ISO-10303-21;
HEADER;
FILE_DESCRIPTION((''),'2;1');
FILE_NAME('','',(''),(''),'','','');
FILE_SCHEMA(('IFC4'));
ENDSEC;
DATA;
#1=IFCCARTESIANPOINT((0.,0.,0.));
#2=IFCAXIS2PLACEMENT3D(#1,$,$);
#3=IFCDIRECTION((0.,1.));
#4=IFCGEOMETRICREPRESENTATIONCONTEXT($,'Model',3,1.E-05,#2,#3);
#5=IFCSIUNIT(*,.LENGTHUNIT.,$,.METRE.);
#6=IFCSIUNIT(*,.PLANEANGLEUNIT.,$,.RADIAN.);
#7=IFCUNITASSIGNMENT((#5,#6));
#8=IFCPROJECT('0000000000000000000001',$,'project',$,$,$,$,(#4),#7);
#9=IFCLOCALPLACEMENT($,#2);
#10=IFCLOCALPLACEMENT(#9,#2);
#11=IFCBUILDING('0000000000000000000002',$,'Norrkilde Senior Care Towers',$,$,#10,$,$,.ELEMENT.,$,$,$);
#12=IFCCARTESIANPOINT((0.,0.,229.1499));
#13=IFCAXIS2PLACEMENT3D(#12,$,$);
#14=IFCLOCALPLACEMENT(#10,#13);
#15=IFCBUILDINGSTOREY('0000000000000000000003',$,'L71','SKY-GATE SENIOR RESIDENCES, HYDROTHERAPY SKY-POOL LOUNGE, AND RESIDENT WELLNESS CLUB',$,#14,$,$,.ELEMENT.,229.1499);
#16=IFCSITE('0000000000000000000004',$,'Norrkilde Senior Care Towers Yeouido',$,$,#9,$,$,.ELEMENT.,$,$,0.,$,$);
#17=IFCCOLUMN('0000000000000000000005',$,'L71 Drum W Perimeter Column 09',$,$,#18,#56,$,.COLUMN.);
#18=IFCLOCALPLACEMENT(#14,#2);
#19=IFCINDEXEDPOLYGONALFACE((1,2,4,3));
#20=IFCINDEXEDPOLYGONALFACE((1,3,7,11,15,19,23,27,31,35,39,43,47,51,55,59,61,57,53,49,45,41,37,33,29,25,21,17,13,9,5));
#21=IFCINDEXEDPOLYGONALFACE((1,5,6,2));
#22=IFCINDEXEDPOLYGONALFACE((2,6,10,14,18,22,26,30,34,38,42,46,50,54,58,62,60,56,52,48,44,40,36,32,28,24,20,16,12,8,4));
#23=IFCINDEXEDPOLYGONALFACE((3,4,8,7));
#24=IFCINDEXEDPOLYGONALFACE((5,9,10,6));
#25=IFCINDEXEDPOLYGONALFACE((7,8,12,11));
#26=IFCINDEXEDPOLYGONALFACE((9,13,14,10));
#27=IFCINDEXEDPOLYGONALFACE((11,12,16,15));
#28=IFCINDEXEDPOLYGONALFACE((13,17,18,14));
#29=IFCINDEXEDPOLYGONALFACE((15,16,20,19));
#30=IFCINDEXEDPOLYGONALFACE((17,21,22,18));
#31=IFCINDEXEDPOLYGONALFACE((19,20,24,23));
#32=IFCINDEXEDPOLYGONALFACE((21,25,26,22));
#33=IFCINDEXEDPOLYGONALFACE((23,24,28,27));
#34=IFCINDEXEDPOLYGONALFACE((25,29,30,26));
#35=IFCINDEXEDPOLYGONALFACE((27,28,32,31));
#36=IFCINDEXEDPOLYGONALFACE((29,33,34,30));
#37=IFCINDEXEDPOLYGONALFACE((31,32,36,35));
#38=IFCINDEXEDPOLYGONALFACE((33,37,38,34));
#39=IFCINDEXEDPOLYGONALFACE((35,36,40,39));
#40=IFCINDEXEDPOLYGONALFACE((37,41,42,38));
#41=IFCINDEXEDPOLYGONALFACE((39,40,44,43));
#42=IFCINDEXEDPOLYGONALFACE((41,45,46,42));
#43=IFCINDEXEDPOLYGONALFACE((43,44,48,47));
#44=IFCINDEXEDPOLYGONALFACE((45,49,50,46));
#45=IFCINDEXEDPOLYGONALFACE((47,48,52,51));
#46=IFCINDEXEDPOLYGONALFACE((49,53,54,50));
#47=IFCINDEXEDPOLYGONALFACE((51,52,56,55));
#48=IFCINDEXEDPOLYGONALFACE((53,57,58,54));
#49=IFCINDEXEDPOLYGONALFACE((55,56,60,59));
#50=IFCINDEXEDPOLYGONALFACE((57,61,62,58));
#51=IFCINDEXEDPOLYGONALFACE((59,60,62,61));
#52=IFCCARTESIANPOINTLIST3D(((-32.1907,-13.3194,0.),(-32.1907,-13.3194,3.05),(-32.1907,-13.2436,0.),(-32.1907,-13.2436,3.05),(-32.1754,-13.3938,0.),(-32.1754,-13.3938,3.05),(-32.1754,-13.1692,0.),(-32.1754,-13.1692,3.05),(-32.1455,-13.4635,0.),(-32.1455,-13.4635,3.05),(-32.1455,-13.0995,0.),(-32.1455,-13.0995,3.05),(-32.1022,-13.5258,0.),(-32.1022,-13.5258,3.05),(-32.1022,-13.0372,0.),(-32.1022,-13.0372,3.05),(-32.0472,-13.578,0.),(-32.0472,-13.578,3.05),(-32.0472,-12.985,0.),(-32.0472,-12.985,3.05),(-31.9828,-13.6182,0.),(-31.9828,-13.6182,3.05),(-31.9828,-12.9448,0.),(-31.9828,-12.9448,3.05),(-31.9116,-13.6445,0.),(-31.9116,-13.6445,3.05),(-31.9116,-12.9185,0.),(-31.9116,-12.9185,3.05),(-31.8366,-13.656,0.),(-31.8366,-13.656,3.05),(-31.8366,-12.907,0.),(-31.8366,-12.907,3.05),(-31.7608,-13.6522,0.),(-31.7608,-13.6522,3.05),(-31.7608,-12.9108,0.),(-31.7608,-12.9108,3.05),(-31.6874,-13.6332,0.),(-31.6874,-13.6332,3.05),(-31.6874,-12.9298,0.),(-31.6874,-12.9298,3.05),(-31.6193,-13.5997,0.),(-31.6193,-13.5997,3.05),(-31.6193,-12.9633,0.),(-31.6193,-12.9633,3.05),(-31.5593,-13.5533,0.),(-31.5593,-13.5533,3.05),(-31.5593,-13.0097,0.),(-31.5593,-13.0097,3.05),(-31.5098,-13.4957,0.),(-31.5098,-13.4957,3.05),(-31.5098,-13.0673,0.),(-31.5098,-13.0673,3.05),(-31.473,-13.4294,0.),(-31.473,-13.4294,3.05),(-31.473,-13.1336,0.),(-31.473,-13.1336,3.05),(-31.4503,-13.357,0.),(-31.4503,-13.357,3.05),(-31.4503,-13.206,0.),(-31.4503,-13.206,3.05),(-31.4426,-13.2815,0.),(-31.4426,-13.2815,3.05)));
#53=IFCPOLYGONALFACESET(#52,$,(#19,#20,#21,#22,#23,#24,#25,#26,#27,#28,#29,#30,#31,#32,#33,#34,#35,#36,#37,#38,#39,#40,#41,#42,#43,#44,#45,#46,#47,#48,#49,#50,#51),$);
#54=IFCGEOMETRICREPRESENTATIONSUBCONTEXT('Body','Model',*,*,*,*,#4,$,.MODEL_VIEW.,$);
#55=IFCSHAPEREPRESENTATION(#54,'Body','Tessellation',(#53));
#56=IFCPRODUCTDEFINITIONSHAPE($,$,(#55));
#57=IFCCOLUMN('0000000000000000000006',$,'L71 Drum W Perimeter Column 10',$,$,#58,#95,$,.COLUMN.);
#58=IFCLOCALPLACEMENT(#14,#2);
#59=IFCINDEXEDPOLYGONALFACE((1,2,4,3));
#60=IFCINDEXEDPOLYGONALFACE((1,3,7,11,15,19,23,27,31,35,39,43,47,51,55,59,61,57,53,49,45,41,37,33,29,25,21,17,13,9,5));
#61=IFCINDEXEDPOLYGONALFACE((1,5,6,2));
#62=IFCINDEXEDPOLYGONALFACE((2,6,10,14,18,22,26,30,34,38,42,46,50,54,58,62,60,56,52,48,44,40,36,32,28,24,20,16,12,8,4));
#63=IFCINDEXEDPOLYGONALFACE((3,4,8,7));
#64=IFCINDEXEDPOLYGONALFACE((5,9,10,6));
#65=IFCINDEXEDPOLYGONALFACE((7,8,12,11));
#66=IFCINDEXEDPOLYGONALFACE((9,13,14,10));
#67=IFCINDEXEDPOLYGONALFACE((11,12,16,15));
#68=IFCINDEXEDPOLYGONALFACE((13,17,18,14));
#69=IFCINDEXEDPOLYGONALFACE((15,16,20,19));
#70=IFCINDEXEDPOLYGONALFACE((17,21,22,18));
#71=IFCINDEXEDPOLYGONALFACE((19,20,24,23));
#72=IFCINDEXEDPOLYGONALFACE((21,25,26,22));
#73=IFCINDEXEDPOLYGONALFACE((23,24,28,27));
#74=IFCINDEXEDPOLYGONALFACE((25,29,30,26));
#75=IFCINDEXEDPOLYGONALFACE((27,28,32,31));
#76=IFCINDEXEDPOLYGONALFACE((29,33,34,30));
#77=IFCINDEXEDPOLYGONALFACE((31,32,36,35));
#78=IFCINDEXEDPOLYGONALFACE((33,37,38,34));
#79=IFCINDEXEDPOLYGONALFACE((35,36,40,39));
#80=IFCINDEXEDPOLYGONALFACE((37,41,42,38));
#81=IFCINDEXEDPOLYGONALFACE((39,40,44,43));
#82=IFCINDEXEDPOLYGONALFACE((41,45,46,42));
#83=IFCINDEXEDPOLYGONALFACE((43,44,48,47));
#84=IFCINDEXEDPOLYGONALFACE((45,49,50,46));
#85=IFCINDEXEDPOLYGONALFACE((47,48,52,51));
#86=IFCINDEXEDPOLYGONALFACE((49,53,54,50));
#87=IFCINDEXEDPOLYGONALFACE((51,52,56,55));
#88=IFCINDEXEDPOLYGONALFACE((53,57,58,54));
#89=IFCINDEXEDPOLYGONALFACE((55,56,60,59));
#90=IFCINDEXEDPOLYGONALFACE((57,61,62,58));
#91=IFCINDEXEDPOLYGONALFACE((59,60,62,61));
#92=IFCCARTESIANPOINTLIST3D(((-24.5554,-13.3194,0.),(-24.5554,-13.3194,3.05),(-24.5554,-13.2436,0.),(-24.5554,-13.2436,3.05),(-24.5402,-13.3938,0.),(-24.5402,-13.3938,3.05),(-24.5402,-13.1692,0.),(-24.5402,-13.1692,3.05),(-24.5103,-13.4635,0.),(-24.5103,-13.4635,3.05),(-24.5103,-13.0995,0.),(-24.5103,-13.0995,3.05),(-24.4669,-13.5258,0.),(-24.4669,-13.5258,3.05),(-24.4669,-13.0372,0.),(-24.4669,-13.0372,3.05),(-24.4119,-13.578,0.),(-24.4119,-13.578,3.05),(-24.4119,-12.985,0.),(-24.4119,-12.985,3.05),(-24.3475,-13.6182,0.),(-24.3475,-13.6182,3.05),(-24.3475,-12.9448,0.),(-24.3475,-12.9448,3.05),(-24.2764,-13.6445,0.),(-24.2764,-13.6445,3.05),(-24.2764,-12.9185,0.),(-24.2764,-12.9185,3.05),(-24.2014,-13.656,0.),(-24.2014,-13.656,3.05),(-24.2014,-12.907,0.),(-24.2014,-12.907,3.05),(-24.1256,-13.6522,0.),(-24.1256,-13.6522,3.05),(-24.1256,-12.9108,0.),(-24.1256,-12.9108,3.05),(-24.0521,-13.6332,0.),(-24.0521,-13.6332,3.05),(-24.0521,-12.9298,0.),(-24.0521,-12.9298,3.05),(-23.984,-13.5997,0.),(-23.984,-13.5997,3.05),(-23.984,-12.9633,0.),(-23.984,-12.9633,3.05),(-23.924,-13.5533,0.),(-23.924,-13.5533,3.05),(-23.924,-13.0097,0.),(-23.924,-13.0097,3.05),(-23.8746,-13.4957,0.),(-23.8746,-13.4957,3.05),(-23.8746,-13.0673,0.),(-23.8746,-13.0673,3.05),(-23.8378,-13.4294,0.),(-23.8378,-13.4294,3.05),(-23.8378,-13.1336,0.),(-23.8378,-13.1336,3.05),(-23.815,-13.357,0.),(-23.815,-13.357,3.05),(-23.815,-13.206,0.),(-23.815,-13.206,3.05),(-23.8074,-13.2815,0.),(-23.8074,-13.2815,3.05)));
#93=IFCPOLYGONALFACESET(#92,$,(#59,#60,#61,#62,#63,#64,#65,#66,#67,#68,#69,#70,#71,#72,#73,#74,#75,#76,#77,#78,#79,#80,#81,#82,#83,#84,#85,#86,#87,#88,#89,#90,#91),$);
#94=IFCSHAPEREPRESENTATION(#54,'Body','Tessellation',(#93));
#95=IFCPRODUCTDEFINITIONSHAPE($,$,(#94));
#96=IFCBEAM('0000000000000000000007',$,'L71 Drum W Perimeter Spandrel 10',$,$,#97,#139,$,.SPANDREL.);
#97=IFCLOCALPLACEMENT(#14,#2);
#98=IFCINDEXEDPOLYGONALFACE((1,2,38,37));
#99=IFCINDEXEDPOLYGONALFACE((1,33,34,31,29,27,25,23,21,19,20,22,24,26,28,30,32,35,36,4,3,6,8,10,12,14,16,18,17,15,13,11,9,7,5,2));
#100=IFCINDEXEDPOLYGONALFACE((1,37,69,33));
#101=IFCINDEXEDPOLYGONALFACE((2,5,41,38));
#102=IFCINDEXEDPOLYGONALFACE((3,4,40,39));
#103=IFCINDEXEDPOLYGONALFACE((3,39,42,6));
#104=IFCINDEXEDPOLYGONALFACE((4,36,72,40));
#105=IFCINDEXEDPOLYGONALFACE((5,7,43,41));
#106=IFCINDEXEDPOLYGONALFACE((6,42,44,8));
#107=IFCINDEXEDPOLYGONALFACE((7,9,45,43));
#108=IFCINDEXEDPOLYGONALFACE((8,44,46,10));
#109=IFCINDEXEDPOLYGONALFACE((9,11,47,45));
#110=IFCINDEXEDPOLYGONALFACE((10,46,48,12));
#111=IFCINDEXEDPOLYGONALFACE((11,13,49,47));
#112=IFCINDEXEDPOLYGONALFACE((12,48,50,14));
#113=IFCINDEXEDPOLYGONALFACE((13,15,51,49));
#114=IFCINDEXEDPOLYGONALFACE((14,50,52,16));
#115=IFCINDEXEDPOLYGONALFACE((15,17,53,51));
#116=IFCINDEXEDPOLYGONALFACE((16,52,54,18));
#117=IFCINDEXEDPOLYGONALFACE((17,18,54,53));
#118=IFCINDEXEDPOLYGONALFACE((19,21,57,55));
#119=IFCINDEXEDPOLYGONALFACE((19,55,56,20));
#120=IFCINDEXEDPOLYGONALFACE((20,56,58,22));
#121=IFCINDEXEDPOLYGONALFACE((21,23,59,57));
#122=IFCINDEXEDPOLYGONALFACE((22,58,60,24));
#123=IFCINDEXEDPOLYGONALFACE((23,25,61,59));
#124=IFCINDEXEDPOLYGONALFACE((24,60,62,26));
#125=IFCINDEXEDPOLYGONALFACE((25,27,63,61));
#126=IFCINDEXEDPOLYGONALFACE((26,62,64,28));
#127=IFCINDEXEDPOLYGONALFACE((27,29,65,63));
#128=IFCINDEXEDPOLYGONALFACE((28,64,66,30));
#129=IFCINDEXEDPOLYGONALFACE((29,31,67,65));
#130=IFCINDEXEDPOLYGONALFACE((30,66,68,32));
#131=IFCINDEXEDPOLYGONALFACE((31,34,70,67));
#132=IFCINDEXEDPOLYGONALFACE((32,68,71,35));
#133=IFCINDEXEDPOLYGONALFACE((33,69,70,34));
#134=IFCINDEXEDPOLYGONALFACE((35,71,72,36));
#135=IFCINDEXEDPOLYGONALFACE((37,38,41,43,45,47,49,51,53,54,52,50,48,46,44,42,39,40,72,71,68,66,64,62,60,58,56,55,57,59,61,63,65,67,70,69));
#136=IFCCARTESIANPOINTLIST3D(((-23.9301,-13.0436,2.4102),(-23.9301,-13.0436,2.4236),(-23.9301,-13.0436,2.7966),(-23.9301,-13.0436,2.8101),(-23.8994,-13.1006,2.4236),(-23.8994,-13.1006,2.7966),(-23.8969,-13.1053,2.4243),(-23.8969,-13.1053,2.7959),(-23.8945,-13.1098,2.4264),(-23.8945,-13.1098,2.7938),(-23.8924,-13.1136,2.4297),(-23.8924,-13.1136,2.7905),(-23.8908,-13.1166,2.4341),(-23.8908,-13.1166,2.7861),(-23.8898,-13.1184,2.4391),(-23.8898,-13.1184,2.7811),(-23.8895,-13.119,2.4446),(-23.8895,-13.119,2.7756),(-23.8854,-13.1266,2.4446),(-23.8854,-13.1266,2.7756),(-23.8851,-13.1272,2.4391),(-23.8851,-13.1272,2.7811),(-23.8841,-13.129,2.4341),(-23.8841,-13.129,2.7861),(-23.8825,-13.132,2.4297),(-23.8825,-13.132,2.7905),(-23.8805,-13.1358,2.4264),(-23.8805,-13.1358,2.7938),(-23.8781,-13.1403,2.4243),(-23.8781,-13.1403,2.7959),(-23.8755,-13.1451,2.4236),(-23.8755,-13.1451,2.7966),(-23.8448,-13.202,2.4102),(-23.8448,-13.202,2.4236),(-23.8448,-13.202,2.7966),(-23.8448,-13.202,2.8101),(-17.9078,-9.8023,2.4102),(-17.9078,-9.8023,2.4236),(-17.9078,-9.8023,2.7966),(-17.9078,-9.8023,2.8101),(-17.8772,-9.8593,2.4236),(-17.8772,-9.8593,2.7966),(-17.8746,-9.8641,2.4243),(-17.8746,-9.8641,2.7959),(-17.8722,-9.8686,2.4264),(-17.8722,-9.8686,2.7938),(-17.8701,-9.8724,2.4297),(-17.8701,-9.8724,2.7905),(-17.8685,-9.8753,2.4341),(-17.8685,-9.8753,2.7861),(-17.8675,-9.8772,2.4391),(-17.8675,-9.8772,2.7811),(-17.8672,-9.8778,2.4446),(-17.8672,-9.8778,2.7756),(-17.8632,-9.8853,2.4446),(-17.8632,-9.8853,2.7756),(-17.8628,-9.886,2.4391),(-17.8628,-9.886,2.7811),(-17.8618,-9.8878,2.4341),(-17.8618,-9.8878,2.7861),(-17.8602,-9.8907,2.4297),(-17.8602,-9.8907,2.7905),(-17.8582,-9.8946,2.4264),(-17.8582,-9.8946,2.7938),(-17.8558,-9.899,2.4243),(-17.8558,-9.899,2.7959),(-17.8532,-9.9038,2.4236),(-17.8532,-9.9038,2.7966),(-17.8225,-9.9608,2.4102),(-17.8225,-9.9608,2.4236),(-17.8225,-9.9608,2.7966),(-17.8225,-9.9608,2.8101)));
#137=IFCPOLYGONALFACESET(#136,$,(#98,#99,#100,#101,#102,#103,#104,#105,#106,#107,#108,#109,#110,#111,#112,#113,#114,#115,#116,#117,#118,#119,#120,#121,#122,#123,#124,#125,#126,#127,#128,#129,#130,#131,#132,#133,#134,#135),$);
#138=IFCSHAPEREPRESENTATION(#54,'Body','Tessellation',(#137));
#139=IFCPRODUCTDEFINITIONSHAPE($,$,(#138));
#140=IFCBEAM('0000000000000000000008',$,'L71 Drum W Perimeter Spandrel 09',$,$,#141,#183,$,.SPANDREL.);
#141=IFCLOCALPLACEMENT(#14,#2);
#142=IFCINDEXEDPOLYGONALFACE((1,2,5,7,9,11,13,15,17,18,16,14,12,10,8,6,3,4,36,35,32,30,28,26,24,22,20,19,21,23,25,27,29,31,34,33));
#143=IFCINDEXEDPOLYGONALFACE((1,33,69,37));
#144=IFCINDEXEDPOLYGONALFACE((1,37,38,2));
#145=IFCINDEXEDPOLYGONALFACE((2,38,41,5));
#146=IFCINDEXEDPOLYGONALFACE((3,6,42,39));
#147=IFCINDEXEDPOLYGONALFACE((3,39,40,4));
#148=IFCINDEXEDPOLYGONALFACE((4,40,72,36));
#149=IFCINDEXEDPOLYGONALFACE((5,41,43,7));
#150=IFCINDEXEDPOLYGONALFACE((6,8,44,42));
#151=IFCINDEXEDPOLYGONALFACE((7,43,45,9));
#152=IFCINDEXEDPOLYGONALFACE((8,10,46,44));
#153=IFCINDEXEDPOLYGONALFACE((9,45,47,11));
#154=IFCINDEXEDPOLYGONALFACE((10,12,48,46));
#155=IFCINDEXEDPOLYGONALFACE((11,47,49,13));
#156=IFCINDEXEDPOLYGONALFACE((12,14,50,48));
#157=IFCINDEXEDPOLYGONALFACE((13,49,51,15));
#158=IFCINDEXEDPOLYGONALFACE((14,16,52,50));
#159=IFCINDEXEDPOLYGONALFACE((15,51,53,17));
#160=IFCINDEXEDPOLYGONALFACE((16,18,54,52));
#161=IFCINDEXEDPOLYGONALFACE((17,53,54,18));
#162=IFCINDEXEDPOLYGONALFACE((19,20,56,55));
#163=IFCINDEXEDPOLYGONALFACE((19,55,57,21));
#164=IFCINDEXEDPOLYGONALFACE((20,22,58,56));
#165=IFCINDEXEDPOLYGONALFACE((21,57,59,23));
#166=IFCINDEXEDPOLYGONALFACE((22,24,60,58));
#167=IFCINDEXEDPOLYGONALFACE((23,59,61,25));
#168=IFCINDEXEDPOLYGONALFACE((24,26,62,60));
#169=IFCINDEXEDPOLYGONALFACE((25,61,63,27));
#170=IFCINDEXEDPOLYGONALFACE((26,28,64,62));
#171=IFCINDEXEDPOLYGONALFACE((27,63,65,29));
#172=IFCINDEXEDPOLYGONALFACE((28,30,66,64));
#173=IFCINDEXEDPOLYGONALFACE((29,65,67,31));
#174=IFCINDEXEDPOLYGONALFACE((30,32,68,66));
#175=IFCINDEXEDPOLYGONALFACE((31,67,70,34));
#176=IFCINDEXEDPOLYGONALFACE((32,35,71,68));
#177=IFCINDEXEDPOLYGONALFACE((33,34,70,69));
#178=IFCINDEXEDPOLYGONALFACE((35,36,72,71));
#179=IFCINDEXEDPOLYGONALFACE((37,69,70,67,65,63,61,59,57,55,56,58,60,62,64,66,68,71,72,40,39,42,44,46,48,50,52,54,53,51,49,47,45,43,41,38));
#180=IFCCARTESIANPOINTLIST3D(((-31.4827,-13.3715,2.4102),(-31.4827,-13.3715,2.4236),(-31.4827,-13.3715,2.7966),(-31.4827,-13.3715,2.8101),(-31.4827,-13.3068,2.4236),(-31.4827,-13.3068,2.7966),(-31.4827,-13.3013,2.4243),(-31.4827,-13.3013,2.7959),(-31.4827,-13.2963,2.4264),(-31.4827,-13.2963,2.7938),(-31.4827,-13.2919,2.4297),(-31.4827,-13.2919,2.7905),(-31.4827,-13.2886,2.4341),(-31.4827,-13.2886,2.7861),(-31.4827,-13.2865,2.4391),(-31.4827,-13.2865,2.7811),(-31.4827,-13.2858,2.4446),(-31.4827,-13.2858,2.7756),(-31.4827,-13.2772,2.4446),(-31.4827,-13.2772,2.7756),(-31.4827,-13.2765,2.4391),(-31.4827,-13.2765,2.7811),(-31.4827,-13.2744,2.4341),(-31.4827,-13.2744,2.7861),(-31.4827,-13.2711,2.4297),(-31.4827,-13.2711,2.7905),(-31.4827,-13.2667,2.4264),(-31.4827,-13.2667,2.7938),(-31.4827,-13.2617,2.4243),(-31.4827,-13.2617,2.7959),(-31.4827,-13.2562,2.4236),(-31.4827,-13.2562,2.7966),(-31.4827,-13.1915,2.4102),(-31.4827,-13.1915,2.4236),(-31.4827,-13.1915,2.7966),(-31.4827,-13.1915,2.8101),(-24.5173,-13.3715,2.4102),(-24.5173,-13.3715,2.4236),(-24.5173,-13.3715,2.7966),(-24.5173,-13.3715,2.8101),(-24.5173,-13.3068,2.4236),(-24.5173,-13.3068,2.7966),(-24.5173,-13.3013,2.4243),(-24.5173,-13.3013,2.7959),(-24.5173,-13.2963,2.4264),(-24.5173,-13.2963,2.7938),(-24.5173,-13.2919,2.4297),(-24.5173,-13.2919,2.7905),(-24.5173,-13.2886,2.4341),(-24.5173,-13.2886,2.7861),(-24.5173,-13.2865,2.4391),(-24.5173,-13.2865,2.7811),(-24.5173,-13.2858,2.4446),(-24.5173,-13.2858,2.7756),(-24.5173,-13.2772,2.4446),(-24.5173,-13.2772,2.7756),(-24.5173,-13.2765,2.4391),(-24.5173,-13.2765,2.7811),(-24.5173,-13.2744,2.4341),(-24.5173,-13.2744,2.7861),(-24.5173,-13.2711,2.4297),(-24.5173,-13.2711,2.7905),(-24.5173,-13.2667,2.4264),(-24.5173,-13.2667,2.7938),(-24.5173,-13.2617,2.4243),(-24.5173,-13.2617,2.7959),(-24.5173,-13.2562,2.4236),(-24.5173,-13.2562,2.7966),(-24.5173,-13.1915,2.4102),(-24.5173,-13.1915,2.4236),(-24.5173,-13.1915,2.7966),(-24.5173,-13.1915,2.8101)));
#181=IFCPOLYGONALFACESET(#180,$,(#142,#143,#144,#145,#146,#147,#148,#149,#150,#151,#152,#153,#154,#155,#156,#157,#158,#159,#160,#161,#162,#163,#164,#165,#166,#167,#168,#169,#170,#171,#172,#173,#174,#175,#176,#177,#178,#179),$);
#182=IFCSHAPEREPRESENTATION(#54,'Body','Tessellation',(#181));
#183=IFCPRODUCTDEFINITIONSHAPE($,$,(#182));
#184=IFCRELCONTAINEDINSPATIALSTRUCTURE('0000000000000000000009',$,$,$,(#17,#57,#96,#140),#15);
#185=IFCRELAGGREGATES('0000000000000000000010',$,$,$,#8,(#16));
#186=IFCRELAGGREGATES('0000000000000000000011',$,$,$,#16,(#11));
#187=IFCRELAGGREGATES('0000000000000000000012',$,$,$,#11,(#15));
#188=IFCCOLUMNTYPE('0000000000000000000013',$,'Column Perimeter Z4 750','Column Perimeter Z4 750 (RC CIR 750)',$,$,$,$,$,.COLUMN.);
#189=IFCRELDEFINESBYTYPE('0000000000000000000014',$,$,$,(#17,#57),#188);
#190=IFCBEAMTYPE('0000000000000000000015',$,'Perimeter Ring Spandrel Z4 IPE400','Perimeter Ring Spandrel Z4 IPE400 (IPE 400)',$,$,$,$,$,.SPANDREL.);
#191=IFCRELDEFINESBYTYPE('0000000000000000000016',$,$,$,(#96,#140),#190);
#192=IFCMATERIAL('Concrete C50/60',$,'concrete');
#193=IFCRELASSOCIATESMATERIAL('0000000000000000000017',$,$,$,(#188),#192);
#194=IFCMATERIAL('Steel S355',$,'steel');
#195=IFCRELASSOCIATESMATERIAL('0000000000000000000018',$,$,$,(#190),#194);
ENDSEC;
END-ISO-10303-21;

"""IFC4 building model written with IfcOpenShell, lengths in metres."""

from ifc_helpers import new_model, si_unit, direction, frame, origin, origin_2d, place, context, subcontext, project, spatial, circle, i_section, extrude, source, transform, mapped, material, material_profile, profile_set, type_object, type_shapes, element, save


model = new_model("IFC4")

# Units and contexts
model_context = context("Model", 3, precision=1e-05, world=origin(), true_north=direction((0.0, 1.0)))
body_context = subcontext(model_context, "Body", "Model", "MODEL_VIEW")
ifc_project = project(units=[si_unit("LENGTHUNIT", "METRE"), si_unit("PLANEANGLEUNIT", "RADIAN")], contexts=[model_context])

# Site, building, storey
site_placement = place(None, origin())
site = spatial("IfcSite", under=ifc_project, at=site_placement, Name="Norrkilde Senior Care Towers Yeouido", CompositionType="ELEMENT", RefElevation=0.0)
building_placement = place(site_placement, origin())
building = spatial("IfcBuilding", under=site, at=building_placement, Name="Norrkilde Senior Care Towers", CompositionType="ELEMENT")
storey_placement = place(building_placement, frame((0.0, 0.0, 229.1499)))
storey = spatial("IfcBuildingStorey", under=building, at=storey_placement, Name="L71", Description="SKY-GATE SENIOR RESIDENCES, HYDROTHERAPY SKY-POOL LOUNGE, AND RESIDENT WELLNESS CLUB", CompositionType="ELEMENT", Elevation=229.1499)

# Columns
ifc_material_1 = material(Name="Concrete C50/60", Category="concrete")
ifc_material_profile_1 = material_profile(ifc_material_1, circle(Radius=0.375, at=origin_2d()), Name="RC CIR 750")
ifc_profile_set_1 = profile_set([ifc_material_profile_1], Name="Concrete C50/60")
column_type = type_object("IfcColumnType", Name="Column Perimeter Z4 750", Description="Column Perimeter Z4 750 (RC CIR 750)", PredefinedType="COLUMN", material=ifc_profile_set_1)
shared_shape_1 = source(origin(), body_context, "Body", "SweptSolid", [
    extrude(circle(Radius=0.375, at=origin_2d()), origin(), (0.0, 0.0, 1.0), 3.05),
])
type_shapes(column_type, [shared_shape_1])
for number, where, z_axis, x_axis, name in (
    (1, (-31.8176, -13.2815, 0.0), (0.0, 0.0, 1.0), (1.0, 0.0, 0.0), "L71 Drum W Perimeter Column 09"),
    (2, (-24.1824, -13.2815, 0.0), (0.0, 0.0, 1.0), (1.0, 0.0, 0.0), "L71 Drum W Perimeter Column 10"),
):
    element("IfcColumn", number, at=place(storey_placement, frame(where, z_axis=z_axis, x_axis=x_axis)), inside=storey, type_object=column_type, Name=name, PredefinedType="COLUMN", context=body_context, shape_type="MappedRepresentation", body=[
        mapped(shared_shape_1, transform((0.0, 0.0, 0.0), x_axis=(1.0, 0.0, 0.0), y_axis=(0.0, 1.0, 0.0), z_axis=(0.0, 0.0, 1.0), scale=1.0)),
    ])

# Beams
ifc_material_2 = material(Name="Steel S355", Category="steel")
ifc_material_profile_2 = material_profile(ifc_material_2, i_section(OverallWidth=0.1799, OverallDepth=0.3999, WebThickness=0.0085, FlangeThickness=0.0134, FilletRadius=0.021, at=origin_2d()), Name="IPE 400")
ifc_profile_set_2 = profile_set([ifc_material_profile_2], Name="Steel S355")
beam_type_1 = type_object("IfcBeamType", Name="Perimeter Ring Spandrel Z4 IPE400", Description="Perimeter Ring Spandrel Z4 IPE400 (IPE 400)", PredefinedType="SPANDREL", material=ifc_profile_set_2)
shared_shape_2 = source(origin(), body_context, "Body", "SweptSolid", [
    extrude(i_section(OverallWidth=0.1799, OverallDepth=0.3999, WebThickness=0.0085, FlangeThickness=0.0134, FilletRadius=0.021, at=origin_2d()), origin(), (0.0, 0.0, 1.0), 6.8391),
])
beam_1_placement = place(storey_placement, frame((-23.8875, -13.1228, 2.6101), z_axis=(0.880564, 0.473927, 0.0), x_axis=(-0.473927, 0.880564, 0.0)))
element("IfcBeam", 3, at=beam_1_placement, inside=storey, type_object=beam_type_1, Name="L71 Drum W Perimeter Spandrel 10", PredefinedType="SPANDREL", context=body_context, shape_type="MappedRepresentation", body=[
    mapped(shared_shape_2, transform((0.0, 0.0, 0.0), x_axis=(1.0, 0.0, 0.0), y_axis=(0.0, 1.0, 0.0), z_axis=(0.0, 0.0, 1.0), scale=1.0)),
])
shared_shape_3 = source(origin(), body_context, "Body", "SweptSolid", [
    extrude(i_section(OverallWidth=0.1799, OverallDepth=0.3999, WebThickness=0.0085, FlangeThickness=0.0134, FilletRadius=0.021, at=origin_2d()), origin(), (0.0, 0.0, 1.0), 6.9653),
])
type_shapes(beam_type_1, [shared_shape_2, shared_shape_3])
beam_2_placement = place(storey_placement, frame((-31.4827, -13.2815, 2.6101), z_axis=(1.0, 0.0, 0.0), x_axis=(0.0, 1.0, 0.0)))
element("IfcBeam", 4, at=beam_2_placement, inside=storey, type_object=beam_type_1, Name="L71 Drum W Perimeter Spandrel 09", PredefinedType="SPANDREL", context=body_context, shape_type="MappedRepresentation", body=[
    mapped(shared_shape_3, transform((0.0, 0.0, 0.0), x_axis=(1.0, 0.0, 0.0), y_axis=(0.0, 1.0, 0.0), z_axis=(0.0, 0.0, 1.0), scale=1.0)),
])

save(model, "model.ifc")
